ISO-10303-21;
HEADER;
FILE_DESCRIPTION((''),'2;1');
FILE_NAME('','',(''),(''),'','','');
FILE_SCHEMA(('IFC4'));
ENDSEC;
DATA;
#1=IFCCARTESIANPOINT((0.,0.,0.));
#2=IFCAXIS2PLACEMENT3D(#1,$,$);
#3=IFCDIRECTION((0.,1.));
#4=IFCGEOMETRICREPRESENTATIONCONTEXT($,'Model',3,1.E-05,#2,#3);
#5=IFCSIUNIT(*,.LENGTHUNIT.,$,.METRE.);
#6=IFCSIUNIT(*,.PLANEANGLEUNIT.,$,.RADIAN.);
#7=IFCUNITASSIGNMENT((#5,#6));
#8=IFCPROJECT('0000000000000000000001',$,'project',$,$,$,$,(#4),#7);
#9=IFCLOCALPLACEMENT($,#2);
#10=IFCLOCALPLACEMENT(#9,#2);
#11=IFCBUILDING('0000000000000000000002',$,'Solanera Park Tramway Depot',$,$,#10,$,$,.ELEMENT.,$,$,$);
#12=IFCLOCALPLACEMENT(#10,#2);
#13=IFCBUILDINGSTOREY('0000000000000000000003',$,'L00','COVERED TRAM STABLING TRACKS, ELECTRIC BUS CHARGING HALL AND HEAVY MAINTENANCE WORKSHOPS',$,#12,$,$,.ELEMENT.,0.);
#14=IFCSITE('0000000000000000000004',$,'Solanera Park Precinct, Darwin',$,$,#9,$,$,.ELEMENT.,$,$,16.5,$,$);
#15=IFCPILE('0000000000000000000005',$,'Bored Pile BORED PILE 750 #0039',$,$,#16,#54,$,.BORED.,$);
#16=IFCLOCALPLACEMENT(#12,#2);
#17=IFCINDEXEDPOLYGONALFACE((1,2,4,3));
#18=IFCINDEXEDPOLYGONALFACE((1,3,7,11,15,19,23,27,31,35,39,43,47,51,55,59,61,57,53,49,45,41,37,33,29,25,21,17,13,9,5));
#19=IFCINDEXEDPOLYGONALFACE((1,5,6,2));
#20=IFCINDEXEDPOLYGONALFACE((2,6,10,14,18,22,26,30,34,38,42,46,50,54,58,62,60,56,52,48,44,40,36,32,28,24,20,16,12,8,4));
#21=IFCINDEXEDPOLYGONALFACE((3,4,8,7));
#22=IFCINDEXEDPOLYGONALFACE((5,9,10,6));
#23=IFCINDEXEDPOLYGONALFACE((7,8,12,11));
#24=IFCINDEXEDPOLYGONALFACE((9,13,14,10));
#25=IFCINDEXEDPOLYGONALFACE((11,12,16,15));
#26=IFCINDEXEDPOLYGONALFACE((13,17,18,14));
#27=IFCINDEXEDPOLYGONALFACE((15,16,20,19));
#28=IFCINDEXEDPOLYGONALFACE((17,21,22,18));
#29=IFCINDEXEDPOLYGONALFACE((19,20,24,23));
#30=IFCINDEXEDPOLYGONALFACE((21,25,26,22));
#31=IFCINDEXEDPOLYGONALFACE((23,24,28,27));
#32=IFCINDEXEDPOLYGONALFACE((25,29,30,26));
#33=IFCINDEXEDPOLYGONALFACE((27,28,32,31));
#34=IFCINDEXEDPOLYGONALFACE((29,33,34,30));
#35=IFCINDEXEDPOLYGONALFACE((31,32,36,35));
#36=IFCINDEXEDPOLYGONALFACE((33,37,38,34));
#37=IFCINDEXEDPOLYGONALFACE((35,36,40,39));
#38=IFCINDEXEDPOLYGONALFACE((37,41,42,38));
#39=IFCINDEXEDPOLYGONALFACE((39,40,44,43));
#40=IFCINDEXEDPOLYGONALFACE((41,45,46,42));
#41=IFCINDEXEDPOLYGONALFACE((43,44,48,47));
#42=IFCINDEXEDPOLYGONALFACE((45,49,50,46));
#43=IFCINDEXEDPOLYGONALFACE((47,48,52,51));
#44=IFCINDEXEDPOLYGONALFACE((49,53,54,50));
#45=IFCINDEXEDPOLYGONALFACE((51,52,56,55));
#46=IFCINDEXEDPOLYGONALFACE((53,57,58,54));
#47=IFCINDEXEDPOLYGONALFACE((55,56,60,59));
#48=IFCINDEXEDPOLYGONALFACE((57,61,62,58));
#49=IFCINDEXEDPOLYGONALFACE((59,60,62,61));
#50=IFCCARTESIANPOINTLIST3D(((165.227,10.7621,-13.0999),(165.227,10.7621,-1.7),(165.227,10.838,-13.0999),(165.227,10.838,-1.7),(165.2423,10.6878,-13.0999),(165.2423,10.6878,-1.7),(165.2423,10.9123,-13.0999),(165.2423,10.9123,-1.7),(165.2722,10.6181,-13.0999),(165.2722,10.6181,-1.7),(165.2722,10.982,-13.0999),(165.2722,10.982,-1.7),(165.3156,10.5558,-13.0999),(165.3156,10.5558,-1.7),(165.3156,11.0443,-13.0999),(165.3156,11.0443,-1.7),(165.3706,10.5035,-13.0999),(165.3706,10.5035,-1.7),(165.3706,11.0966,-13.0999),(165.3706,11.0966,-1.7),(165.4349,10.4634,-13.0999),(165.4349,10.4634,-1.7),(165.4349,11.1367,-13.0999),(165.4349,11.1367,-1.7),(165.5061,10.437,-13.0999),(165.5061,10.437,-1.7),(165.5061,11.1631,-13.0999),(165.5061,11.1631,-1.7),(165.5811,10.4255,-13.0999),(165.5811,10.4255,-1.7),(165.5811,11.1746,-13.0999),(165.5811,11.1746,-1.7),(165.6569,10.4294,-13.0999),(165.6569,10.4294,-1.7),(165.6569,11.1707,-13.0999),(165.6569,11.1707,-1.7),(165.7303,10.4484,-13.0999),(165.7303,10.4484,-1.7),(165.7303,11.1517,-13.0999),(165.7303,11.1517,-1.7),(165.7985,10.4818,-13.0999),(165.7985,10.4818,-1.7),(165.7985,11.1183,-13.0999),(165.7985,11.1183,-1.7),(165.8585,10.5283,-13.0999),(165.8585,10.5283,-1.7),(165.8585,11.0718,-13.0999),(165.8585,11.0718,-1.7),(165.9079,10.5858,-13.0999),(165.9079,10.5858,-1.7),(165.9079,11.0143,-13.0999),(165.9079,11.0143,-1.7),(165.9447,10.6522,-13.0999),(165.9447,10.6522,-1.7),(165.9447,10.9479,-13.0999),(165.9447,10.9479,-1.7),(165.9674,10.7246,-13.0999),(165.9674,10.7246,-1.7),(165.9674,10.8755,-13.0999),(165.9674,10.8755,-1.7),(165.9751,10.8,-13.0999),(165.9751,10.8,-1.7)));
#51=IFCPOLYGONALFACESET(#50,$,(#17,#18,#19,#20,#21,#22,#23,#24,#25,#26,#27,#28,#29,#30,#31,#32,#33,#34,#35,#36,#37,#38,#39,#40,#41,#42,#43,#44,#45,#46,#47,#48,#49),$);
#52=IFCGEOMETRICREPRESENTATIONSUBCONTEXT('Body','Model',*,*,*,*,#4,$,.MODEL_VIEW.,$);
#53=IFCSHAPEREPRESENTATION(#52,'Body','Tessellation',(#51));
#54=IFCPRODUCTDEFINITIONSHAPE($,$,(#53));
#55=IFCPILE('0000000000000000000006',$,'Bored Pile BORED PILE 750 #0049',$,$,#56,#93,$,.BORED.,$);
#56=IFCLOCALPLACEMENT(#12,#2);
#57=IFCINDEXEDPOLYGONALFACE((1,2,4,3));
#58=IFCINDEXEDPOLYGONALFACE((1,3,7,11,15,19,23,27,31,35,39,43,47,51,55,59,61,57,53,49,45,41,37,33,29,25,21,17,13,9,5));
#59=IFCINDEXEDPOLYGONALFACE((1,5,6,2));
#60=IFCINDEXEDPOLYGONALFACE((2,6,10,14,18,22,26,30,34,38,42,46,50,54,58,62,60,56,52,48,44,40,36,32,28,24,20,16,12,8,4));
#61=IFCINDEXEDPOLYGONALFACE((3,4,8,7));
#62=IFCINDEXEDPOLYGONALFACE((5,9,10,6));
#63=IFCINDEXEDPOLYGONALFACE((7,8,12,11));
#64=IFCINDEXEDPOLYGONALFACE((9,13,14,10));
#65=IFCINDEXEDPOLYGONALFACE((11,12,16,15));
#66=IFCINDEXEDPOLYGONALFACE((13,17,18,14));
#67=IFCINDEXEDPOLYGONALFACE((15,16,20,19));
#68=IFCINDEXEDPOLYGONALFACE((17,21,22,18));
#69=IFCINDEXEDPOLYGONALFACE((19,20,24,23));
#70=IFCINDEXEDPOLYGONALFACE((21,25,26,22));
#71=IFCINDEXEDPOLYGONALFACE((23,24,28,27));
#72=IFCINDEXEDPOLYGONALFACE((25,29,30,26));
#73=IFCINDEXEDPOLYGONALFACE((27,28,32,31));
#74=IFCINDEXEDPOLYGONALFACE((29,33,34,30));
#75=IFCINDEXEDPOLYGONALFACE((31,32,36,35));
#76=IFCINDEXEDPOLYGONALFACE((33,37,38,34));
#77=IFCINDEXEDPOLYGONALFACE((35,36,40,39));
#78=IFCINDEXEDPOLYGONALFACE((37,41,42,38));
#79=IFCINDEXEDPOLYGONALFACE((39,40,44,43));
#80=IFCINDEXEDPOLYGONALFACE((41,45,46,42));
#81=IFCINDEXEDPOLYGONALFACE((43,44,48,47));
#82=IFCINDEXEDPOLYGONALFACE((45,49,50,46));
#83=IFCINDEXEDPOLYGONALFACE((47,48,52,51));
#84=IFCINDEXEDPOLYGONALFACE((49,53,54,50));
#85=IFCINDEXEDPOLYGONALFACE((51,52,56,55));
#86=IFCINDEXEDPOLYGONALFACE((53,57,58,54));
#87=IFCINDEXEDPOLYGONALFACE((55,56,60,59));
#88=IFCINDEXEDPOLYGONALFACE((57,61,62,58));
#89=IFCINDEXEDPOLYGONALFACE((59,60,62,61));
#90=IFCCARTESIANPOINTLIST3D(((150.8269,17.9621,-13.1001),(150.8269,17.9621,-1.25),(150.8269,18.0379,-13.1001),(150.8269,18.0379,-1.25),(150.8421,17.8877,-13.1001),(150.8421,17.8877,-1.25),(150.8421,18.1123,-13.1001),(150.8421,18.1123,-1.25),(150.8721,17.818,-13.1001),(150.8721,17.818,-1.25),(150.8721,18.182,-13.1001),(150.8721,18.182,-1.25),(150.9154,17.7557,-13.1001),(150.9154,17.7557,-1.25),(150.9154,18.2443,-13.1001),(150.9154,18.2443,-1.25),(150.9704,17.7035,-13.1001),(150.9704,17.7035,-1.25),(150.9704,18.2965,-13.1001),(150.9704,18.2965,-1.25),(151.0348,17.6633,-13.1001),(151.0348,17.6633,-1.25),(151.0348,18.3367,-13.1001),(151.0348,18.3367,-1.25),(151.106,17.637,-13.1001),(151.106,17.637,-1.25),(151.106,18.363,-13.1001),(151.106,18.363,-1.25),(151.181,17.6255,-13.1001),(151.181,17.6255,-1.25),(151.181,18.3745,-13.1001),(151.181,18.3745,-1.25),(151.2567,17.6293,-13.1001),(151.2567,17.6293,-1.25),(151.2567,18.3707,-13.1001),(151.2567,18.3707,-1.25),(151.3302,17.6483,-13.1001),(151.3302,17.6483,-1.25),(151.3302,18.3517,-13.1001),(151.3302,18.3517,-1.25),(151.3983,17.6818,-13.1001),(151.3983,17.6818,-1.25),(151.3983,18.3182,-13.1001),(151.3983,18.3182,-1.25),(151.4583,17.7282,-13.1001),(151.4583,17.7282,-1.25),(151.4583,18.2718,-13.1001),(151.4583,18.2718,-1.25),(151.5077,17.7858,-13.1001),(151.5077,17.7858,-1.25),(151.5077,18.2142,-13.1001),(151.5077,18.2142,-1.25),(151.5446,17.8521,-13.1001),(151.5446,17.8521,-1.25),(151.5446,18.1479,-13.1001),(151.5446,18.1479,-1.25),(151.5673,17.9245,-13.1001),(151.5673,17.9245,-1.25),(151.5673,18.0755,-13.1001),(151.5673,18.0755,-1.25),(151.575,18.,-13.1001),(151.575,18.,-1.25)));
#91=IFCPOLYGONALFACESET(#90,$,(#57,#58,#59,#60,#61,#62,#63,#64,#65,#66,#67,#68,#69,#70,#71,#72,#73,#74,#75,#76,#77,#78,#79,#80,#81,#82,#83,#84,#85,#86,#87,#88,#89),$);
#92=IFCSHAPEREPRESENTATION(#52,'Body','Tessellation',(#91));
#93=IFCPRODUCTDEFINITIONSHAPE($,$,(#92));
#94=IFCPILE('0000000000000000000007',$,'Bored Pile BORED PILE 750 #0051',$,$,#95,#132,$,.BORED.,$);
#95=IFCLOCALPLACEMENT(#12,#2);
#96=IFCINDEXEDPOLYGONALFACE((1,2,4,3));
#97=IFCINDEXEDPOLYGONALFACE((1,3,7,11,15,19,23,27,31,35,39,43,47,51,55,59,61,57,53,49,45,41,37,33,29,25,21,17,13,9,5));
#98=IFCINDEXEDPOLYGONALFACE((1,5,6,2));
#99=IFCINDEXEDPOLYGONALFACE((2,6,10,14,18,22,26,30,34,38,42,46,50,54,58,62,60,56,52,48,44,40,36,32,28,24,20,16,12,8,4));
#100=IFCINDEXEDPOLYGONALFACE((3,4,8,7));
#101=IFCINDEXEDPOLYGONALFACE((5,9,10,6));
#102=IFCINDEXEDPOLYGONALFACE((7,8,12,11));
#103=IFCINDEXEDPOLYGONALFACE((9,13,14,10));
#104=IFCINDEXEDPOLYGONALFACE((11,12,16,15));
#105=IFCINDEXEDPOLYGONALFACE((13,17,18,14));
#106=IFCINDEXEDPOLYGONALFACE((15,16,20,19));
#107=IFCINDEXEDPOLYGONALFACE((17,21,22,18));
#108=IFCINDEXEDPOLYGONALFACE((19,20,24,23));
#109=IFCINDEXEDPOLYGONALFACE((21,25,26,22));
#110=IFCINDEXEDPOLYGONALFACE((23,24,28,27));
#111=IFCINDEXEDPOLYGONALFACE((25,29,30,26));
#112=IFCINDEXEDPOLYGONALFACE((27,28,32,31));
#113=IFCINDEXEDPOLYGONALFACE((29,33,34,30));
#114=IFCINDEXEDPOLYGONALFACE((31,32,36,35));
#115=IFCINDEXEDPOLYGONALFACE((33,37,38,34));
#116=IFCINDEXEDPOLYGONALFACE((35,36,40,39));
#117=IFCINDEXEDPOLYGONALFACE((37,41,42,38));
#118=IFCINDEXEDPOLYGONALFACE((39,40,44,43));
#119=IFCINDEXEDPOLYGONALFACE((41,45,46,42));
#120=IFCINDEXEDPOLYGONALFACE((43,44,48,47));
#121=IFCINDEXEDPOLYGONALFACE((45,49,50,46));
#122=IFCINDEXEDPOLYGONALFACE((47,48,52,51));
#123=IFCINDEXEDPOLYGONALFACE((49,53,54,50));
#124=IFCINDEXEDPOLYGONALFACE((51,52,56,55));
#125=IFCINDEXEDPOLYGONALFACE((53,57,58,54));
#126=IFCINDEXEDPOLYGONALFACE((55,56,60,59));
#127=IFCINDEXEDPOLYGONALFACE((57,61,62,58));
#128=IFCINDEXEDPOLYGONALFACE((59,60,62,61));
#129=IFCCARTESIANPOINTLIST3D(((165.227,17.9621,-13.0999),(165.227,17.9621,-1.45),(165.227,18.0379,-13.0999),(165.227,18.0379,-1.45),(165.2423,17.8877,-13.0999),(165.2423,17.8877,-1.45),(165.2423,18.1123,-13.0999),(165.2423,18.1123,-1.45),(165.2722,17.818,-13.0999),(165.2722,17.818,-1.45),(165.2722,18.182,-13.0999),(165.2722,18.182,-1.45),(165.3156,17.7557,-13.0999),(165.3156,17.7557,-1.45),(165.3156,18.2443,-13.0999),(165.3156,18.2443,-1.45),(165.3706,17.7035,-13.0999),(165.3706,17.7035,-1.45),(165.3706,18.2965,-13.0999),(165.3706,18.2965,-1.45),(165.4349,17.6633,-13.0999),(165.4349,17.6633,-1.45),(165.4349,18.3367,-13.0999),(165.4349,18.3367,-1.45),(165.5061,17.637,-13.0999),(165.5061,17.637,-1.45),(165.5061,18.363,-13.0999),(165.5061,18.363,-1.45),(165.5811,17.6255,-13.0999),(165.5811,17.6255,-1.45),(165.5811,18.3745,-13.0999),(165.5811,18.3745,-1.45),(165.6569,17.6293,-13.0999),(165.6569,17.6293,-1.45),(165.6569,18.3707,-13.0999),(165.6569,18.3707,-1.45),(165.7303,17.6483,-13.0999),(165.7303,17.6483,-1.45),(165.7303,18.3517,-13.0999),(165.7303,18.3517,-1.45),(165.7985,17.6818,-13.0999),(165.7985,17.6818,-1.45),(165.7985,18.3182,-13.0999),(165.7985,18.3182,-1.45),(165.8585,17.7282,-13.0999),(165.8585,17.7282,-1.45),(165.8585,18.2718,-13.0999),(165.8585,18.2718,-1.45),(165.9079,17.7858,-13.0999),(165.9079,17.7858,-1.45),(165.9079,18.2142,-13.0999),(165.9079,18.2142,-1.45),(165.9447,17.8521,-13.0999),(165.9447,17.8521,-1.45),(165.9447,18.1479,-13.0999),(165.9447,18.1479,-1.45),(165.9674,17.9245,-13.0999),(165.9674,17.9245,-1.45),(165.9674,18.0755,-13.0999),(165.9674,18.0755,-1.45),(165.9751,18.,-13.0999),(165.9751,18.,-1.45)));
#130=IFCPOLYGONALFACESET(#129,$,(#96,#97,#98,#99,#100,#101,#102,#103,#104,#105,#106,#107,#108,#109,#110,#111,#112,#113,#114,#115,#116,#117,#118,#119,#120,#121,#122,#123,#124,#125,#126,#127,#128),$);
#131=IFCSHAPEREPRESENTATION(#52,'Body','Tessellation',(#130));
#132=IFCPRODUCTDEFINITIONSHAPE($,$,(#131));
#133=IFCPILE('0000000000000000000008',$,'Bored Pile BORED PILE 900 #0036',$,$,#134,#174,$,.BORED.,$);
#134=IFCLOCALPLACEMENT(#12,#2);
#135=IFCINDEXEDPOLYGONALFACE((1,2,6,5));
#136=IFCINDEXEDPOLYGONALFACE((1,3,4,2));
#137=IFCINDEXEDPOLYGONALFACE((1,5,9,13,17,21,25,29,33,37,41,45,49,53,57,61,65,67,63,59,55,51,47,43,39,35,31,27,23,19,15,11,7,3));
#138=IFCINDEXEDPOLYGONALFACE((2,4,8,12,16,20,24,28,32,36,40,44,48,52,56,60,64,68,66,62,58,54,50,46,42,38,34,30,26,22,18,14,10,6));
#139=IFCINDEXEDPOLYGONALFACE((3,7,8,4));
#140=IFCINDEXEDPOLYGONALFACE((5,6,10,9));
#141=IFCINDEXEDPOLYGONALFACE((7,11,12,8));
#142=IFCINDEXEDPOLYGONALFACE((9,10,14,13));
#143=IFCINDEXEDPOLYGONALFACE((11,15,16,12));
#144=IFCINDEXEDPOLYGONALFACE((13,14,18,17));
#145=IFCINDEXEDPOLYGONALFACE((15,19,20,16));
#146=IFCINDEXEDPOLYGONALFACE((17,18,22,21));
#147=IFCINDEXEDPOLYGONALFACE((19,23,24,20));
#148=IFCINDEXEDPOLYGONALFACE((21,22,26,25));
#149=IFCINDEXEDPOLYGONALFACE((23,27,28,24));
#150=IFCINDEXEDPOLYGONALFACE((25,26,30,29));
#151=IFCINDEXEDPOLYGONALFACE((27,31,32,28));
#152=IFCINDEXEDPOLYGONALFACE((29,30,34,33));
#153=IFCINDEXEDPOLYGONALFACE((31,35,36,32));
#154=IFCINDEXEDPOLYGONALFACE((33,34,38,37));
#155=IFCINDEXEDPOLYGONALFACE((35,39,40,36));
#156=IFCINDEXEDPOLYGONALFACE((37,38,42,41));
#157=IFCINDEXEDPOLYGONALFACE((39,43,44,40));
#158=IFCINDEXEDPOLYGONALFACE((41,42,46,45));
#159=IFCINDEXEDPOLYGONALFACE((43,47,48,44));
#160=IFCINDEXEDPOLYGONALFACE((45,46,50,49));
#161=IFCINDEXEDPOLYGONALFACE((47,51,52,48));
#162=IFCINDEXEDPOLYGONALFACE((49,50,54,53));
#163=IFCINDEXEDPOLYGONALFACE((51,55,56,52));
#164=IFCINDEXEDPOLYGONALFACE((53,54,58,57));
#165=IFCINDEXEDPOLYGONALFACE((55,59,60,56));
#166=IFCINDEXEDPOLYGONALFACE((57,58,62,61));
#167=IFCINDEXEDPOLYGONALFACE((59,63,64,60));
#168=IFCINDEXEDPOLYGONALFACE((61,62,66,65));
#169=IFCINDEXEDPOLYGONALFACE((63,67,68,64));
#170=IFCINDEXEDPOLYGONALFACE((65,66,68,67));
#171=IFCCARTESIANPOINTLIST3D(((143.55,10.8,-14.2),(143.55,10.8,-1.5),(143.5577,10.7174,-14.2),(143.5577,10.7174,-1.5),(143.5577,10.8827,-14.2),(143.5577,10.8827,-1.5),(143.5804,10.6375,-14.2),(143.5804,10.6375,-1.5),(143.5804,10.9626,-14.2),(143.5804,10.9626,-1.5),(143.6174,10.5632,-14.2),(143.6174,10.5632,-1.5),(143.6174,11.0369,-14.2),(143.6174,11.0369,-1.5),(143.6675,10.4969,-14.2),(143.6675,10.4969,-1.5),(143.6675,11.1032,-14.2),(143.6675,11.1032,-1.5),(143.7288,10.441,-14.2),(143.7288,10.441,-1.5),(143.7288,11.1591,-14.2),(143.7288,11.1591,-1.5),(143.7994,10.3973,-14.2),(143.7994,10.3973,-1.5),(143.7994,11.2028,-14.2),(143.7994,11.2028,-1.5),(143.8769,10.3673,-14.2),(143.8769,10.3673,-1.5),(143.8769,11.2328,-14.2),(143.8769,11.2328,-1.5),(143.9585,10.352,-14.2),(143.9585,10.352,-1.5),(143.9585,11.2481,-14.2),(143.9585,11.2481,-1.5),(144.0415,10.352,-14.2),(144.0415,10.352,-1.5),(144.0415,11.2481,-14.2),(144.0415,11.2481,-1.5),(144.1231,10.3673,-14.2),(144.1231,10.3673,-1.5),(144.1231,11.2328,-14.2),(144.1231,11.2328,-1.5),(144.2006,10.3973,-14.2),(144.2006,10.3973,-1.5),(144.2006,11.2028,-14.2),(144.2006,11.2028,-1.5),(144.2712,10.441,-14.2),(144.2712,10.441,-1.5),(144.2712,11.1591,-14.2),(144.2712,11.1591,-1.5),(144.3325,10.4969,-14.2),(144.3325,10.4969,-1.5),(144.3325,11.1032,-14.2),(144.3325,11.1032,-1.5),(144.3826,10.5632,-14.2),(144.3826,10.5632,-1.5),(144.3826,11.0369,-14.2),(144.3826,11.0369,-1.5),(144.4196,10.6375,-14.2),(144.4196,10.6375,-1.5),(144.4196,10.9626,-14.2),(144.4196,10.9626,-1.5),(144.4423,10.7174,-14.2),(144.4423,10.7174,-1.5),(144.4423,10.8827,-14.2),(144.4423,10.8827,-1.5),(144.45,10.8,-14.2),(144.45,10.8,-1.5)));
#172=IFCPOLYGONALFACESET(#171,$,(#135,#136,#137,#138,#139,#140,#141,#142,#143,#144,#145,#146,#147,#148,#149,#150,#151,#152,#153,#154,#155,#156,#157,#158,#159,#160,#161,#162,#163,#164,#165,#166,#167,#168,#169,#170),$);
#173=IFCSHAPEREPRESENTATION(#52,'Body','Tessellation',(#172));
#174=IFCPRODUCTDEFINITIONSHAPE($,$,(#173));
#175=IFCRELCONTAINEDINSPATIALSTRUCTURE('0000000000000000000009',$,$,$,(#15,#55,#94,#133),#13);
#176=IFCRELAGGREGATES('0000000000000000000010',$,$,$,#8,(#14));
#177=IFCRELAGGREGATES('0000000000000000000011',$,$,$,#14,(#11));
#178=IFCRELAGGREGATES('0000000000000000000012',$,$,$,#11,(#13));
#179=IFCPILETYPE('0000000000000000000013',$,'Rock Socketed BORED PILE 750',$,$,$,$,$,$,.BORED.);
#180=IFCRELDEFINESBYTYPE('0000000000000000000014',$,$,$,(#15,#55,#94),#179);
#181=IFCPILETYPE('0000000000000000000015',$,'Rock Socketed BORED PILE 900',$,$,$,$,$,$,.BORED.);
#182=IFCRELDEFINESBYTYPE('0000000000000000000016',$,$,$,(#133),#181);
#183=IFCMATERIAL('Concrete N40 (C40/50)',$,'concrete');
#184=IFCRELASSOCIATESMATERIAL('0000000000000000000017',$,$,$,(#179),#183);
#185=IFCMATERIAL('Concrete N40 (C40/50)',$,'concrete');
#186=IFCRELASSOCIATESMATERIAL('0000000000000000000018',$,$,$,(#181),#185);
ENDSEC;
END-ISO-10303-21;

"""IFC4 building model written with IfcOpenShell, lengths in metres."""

from ifc_helpers import new_model, si_unit, direction, frame, origin, origin_2d, place, context, subcontext, project, spatial, circle, extrude, material, material_profile, profile_set, type_object, element, save


model = new_model("IFC4")

# Units and contexts
model_context = context("Model", 3, precision=1e-05, world=origin(), true_north=direction((0.0, 1.0)))
body_context = subcontext(model_context, "Body", "Model", "MODEL_VIEW")
ifc_project = project(units=[si_unit("LENGTHUNIT", "METRE"), si_unit("PLANEANGLEUNIT", "RADIAN")], contexts=[model_context])

# Site, building, storey
site_placement = place(None, origin())
site = spatial("IfcSite", under=ifc_project, at=site_placement, Name="Solanera Park Precinct, Darwin", CompositionType="ELEMENT", RefElevation=16.5)
building_placement = place(site_placement, origin())
building = spatial("IfcBuilding", under=site, at=building_placement, Name="Solanera Park Tramway Depot", CompositionType="ELEMENT")
storey_placement = place(building_placement, origin())
storey = spatial("IfcBuildingStorey", under=building, at=storey_placement, Name="L00", Description="COVERED TRAM STABLING TRACKS, ELECTRIC BUS CHARGING HALL AND HEAVY MAINTENANCE WORKSHOPS", CompositionType="ELEMENT", Elevation=0.0)

# Piles
ifc_material_1 = material(Name="Concrete N40 (C40/50)", Category="concrete")
ifc_material_profile_1 = material_profile(ifc_material_1, circle(Radius=0.375, at=origin_2d()), Name="BORED PILE 750")
ifc_profile_set_1 = profile_set([ifc_material_profile_1], Name="Concrete N40 (C40/50)")
pile_type_1 = type_object("IfcPileType", Name="Rock Socketed BORED PILE 750", PredefinedType="BORED", material=ifc_profile_set_1)
pile_1_placement = place(storey_placement, frame((165.6001, 10.8, -1.7), z_axis=(0.0, 0.0, -1.0), x_axis=(1.0, 0.0, 0.0)))
element("IfcPile", 1, at=pile_1_placement, inside=storey, type_object=pile_type_1, Name="Bored Pile BORED PILE 750 #0039", PredefinedType="BORED", context=body_context, shape_type="SweptSolid", body=[
    extrude(circle(Radius=0.375, at=origin_2d()), origin(), (0.0, 0.0, 1.0), 11.3999),
])
pile_2_placement = place(storey_placement, frame((151.2, 18.0, -1.25), z_axis=(0.0, 0.0, -1.0), x_axis=(1.0, 0.0, 0.0)))
element("IfcPile", 2, at=pile_2_placement, inside=storey, type_object=pile_type_1, Name="Bored Pile BORED PILE 750 #0049", PredefinedType="BORED", context=body_context, shape_type="SweptSolid", body=[
    extrude(circle(Radius=0.375, at=origin_2d()), origin(), (0.0, 0.0, 1.0), 11.8501),
])
pile_3_placement = place(storey_placement, frame((165.6001, 18.0, -1.45), z_axis=(0.0, 0.0, -1.0), x_axis=(1.0, 0.0, 0.0)))
element("IfcPile", 3, at=pile_3_placement, inside=storey, type_object=pile_type_1, Name="Bored Pile BORED PILE 750 #0051", PredefinedType="BORED", context=body_context, shape_type="SweptSolid", body=[
    extrude(circle(Radius=0.375, at=origin_2d()), origin(), (0.0, 0.0, 1.0), 11.6499),
])
ifc_material_2 = material(Name="Concrete N40 (C40/50)", Category="concrete")
ifc_material_profile_2 = material_profile(ifc_material_2, circle(Radius=0.45, at=origin_2d()), Name="BORED PILE 900")
ifc_profile_set_2 = profile_set([ifc_material_profile_2], Name="Concrete N40 (C40/50)")
pile_type_2 = type_object("IfcPileType", Name="Rock Socketed BORED PILE 900", PredefinedType="BORED", material=ifc_profile_set_2)
pile_4_placement = place(storey_placement, frame((144.0, 10.8, -1.5), z_axis=(0.0, 0.0, -1.0), x_axis=(1.0, 0.0, 0.0)))
element("IfcPile", 4, at=pile_4_placement, inside=storey, type_object=pile_type_2, Name="Bored Pile BORED PILE 900 #0036", PredefinedType="BORED", context=body_context, shape_type="SweptSolid", body=[
    extrude(circle(Radius=0.45, at=origin_2d()), origin(), (0.0, 0.0, 1.0), 12.7),
])

save(model, "model.ifc")
